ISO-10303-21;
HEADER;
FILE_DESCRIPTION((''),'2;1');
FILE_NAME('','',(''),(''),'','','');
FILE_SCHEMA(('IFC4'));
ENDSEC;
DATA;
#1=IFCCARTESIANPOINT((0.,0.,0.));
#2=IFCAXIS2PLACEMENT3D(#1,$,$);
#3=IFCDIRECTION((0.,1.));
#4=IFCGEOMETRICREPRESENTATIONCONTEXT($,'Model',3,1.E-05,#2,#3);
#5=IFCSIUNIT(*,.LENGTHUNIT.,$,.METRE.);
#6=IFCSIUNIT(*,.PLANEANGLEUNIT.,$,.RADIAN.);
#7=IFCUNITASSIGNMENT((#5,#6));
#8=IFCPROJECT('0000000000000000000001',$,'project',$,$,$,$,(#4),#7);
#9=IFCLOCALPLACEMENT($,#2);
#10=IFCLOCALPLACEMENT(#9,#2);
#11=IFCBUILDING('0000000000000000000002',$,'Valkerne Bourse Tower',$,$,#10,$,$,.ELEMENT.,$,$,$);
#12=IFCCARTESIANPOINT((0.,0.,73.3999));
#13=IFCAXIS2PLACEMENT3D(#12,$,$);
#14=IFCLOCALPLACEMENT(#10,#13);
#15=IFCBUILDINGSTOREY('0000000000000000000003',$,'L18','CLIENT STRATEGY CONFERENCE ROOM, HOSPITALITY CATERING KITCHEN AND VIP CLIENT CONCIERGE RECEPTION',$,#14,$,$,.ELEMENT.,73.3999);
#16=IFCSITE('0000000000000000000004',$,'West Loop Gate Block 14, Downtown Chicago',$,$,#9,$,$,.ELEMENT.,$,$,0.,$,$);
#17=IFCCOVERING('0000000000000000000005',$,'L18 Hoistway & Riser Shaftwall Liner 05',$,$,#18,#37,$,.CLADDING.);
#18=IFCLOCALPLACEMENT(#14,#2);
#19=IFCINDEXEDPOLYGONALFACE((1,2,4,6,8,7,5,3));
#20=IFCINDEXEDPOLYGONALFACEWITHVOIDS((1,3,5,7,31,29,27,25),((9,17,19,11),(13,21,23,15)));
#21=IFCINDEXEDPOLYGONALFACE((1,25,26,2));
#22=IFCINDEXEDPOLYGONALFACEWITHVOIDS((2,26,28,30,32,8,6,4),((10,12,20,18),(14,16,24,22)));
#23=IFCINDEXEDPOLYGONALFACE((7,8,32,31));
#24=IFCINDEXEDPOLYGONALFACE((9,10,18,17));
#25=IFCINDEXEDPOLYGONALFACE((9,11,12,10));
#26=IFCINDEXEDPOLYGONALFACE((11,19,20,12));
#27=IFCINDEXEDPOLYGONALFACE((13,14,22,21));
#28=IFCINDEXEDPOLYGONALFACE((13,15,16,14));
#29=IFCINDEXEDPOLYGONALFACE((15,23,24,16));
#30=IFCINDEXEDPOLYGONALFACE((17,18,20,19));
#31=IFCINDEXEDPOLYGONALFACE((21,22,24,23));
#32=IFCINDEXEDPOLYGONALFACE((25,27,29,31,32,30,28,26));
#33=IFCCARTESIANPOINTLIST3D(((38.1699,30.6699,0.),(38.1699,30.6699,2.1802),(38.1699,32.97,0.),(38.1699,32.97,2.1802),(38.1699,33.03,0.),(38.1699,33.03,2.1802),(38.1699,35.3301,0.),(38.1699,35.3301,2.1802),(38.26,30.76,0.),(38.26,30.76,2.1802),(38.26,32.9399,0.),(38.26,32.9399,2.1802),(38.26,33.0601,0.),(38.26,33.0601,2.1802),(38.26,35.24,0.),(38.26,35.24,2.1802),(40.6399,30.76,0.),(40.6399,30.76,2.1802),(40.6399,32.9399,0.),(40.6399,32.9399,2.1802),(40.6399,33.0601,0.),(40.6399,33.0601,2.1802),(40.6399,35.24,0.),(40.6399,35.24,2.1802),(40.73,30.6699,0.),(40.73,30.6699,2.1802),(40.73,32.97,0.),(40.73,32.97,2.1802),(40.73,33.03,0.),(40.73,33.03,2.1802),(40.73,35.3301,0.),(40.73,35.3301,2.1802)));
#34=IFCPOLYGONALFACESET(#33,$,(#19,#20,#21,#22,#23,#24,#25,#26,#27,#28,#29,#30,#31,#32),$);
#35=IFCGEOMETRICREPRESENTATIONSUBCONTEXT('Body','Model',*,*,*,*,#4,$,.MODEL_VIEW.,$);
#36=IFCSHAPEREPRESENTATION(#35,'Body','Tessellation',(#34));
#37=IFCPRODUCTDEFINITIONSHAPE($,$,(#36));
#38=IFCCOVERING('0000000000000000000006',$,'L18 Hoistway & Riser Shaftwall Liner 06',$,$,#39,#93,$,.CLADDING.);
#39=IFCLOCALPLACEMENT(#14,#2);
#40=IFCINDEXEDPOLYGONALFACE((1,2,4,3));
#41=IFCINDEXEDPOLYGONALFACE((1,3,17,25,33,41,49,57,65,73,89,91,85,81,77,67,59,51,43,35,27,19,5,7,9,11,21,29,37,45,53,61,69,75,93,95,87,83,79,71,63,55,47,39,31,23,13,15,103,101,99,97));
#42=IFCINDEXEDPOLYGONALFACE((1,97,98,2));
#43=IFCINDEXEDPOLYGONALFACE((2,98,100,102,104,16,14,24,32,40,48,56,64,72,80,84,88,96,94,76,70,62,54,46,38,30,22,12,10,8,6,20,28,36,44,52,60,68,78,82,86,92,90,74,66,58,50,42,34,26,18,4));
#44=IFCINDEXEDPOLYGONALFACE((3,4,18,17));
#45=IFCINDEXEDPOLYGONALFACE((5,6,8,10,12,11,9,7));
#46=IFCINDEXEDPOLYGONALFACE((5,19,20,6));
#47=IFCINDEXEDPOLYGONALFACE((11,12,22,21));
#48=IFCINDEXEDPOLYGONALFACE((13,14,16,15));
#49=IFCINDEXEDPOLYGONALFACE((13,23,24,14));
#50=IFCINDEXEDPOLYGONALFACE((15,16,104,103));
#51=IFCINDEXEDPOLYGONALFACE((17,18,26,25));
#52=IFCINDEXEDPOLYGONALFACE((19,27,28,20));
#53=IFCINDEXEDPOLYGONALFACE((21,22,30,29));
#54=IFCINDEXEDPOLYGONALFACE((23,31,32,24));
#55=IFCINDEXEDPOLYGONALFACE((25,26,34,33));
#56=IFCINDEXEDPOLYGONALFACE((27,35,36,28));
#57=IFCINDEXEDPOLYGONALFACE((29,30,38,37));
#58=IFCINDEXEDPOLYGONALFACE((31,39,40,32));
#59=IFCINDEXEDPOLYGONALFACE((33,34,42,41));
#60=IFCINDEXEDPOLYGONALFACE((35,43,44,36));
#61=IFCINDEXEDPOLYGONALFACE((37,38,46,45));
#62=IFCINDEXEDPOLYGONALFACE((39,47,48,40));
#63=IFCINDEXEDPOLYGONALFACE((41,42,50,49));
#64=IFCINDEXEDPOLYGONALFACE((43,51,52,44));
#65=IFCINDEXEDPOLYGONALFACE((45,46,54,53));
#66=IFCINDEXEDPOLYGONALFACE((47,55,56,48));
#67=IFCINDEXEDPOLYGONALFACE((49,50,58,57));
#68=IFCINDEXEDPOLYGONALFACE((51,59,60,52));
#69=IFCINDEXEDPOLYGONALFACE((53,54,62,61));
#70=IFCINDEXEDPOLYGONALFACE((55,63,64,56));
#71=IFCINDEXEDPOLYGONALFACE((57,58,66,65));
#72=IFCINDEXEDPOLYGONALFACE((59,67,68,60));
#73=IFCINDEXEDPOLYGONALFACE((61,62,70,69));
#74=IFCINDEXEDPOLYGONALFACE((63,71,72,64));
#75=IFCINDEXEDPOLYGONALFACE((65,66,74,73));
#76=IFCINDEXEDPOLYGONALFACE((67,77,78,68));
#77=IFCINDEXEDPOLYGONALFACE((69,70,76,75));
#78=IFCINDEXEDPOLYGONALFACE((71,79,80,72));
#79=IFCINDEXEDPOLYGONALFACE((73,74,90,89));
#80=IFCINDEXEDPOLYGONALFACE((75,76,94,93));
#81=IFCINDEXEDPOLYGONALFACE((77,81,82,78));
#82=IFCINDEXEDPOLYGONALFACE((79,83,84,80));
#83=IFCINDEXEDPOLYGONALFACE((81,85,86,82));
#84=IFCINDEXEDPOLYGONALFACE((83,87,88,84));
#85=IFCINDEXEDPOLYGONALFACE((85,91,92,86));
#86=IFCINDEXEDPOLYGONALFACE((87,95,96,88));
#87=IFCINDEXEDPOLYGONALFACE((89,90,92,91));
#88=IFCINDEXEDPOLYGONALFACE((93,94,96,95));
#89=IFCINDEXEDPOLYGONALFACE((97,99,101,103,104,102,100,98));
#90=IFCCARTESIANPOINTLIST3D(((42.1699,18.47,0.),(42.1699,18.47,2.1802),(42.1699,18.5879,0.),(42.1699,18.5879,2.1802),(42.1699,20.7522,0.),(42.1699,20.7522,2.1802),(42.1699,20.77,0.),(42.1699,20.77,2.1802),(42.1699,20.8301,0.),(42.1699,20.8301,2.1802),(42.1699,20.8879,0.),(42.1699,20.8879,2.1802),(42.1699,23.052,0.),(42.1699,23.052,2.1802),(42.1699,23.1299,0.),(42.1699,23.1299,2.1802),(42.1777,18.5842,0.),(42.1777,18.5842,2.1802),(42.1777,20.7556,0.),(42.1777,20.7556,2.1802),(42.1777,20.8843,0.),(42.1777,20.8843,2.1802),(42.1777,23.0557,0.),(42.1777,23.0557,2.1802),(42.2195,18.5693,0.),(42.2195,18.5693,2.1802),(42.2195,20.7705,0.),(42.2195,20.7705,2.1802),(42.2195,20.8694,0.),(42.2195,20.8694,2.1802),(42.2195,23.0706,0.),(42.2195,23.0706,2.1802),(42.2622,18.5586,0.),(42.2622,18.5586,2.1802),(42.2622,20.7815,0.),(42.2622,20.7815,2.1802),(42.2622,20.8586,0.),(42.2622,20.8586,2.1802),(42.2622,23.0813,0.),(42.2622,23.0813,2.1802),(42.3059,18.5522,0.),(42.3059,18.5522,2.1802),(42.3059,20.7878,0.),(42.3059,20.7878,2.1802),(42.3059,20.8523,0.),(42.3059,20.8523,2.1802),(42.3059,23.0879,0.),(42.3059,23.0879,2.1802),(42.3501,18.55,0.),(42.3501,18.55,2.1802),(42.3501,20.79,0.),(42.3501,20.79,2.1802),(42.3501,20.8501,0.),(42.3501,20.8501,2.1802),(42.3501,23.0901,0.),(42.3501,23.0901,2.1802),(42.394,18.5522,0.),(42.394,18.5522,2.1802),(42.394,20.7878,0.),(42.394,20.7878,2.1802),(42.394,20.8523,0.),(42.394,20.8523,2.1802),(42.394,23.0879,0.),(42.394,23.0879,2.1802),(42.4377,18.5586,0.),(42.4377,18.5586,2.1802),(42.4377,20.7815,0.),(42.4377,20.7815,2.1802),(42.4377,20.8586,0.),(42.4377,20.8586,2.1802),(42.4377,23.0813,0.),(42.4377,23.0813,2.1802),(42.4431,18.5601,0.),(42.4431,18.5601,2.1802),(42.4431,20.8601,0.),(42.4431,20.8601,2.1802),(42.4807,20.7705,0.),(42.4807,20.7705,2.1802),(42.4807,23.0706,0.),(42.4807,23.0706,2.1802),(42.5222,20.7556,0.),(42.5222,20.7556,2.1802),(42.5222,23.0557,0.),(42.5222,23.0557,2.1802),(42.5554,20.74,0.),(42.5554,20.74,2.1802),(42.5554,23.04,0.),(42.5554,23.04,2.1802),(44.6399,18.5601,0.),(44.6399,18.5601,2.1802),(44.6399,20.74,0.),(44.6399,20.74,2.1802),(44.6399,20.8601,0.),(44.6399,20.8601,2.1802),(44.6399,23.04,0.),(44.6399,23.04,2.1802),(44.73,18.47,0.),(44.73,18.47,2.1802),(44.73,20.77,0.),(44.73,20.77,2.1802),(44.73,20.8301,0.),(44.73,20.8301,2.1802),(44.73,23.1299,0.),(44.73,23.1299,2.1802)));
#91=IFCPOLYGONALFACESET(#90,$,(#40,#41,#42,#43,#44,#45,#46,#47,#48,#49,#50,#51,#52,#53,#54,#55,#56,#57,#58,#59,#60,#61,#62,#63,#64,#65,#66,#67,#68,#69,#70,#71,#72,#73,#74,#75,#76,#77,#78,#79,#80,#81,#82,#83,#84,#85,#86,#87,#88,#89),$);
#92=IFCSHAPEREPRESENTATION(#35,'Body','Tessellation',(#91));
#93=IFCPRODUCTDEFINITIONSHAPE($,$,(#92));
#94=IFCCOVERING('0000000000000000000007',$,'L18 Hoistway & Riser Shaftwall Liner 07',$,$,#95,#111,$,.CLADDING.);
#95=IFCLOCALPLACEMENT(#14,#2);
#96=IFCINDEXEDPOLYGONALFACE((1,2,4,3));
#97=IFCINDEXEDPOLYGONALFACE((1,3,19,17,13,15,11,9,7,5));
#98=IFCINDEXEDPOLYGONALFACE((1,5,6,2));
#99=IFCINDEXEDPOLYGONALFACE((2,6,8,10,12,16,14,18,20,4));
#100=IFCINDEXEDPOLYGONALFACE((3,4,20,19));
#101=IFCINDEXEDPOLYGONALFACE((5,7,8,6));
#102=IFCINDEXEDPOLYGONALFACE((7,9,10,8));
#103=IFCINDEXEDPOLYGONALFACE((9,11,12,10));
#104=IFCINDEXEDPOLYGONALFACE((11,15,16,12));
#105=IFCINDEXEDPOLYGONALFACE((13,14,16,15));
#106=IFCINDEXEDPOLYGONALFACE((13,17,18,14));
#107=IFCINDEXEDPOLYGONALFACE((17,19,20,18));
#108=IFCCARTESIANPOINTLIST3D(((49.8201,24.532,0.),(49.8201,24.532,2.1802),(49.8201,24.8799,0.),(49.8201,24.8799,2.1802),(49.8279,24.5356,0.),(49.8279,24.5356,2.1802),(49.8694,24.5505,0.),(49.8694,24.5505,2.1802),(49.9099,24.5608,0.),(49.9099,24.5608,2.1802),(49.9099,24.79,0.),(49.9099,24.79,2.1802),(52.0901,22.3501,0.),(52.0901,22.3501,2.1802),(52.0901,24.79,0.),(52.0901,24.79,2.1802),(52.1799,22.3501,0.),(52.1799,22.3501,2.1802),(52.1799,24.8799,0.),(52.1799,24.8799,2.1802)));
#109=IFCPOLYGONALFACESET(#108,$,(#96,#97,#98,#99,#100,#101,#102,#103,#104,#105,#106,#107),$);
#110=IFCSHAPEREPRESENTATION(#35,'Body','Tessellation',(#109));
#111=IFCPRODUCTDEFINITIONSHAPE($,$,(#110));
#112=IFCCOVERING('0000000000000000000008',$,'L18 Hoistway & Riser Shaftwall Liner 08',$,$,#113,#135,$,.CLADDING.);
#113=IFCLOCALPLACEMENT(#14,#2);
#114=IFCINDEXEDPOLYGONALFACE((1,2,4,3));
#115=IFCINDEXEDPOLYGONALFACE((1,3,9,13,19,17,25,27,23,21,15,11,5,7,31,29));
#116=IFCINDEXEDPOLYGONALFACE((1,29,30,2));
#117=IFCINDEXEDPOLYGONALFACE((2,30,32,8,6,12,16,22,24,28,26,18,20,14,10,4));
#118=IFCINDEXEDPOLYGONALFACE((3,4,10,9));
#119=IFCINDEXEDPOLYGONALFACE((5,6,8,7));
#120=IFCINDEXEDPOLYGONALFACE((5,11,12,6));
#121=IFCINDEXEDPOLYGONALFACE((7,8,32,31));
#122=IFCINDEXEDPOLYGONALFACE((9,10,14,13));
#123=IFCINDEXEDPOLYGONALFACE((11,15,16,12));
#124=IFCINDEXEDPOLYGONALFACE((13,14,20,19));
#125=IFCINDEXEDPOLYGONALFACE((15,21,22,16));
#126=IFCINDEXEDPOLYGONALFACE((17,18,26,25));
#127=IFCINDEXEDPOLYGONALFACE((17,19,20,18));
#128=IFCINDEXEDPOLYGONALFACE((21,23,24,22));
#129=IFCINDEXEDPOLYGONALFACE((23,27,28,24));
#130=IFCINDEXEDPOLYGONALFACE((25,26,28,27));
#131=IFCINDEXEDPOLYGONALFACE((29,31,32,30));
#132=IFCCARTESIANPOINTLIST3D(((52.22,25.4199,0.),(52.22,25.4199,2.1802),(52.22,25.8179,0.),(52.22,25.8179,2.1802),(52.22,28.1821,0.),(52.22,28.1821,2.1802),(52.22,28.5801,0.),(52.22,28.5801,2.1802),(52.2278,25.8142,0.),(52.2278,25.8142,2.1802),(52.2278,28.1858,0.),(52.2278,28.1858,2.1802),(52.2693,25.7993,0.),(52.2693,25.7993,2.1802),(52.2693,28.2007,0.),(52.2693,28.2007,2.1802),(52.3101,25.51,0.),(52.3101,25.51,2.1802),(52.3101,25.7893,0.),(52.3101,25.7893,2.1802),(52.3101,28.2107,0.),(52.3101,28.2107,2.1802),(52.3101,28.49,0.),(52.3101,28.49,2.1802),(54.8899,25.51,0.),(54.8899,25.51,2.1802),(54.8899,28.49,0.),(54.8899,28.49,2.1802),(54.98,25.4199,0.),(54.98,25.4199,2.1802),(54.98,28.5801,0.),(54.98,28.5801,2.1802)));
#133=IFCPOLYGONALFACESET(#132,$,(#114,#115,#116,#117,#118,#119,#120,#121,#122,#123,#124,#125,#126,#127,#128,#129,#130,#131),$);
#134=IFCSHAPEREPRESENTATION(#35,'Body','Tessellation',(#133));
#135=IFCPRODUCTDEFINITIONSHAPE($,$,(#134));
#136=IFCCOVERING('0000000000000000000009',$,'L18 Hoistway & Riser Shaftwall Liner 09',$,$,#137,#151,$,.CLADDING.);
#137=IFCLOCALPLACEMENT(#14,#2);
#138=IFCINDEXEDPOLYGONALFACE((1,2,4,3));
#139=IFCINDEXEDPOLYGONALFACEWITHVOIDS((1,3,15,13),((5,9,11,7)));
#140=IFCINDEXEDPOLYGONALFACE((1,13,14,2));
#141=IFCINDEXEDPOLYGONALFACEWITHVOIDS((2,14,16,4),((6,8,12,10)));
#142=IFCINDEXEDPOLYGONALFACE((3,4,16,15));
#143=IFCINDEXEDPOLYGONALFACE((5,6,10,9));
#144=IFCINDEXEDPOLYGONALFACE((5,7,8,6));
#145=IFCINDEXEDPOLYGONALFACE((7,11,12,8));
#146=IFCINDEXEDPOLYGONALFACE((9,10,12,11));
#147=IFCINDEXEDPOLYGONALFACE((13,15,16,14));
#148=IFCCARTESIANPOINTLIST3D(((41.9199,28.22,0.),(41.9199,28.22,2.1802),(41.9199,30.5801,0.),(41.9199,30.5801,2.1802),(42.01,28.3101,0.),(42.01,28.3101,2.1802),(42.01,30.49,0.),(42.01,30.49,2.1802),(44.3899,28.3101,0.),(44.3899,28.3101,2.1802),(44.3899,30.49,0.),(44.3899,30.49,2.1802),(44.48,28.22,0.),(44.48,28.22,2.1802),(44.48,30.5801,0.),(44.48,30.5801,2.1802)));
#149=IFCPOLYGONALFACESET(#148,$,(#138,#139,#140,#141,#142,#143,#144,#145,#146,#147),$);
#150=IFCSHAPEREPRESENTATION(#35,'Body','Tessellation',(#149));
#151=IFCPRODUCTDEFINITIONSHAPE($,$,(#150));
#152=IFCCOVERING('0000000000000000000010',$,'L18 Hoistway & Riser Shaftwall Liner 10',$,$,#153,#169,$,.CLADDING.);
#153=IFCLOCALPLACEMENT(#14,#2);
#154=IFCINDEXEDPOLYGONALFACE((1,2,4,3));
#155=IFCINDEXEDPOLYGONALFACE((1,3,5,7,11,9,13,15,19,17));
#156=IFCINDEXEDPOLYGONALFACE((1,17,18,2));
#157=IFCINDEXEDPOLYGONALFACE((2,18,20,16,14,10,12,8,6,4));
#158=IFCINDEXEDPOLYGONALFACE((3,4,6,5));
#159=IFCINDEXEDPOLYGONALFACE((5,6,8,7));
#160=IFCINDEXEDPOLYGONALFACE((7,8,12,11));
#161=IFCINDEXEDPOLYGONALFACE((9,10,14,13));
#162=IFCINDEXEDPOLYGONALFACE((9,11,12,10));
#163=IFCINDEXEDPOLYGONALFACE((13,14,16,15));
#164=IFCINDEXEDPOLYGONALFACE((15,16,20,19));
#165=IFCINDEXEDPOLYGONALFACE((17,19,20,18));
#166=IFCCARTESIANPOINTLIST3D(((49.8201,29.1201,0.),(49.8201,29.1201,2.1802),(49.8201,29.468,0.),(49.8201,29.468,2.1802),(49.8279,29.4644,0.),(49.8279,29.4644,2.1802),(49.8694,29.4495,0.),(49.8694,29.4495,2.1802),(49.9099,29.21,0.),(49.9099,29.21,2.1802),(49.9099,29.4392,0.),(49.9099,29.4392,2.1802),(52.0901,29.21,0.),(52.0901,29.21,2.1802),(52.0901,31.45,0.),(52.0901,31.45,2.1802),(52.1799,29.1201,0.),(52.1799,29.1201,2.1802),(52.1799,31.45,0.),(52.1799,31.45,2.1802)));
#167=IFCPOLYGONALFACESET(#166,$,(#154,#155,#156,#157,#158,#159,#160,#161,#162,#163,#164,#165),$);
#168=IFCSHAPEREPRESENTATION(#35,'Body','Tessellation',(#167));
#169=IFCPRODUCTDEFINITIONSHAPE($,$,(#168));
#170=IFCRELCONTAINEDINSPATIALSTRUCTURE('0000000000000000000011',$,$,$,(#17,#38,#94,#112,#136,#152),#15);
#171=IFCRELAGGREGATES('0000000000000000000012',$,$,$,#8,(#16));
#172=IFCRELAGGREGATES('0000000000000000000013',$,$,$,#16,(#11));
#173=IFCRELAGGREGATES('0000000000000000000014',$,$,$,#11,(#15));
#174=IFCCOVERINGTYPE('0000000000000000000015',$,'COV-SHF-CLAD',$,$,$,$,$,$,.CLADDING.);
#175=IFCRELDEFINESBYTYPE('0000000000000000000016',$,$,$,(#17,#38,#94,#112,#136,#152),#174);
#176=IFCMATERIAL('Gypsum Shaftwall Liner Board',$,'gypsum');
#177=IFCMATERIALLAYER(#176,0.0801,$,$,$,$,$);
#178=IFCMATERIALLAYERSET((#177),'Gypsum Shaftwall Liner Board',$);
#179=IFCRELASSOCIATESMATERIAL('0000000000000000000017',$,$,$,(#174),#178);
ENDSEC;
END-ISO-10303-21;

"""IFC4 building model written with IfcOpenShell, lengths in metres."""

from ifc_helpers import new_model, si_unit, direction, frame, origin, place, context, subcontext, project, spatial, polyline, outline, extrude, material, layer, layer_set, type_object, element, save


model = new_model("IFC4")

# Units and contexts
model_context = context("Model", 3, precision=1e-05, world=origin(), true_north=direction((0.0, 1.0)))
body_context = subcontext(model_context, "Body", "Model", "MODEL_VIEW")
ifc_project = project(units=[si_unit("LENGTHUNIT", "METRE"), si_unit("PLANEANGLEUNIT", "RADIAN")], contexts=[model_context])

# Site, building, storey
site_placement = place(None, origin())
site = spatial("IfcSite", under=ifc_project, at=site_placement, Name="West Loop Gate Block 14, Downtown Chicago", CompositionType="ELEMENT", RefElevation=0.0)
building_placement = place(site_placement, origin())
building = spatial("IfcBuilding", under=site, at=building_placement, Name="Valkerne Bourse Tower", CompositionType="ELEMENT")
storey_placement = place(building_placement, frame((0.0, 0.0, 73.3999)))
storey = spatial("IfcBuildingStorey", under=building, at=storey_placement, Name="L18", Description="CLIENT STRATEGY CONFERENCE ROOM, HOSPITALITY CATERING KITCHEN AND VIP CLIENT CONCIERGE RECEPTION", CompositionType="ELEMENT", Elevation=73.3999)

# Coverings
ifc_material_1 = material(Name="Gypsum Shaftwall Liner Board", Category="gypsum")
ifc_layer_1 = layer(ifc_material_1, 0.0801)
ifc_layer_set_1 = layer_set([ifc_layer_1], Name="Gypsum Shaftwall Liner Board")
covering_type_1 = type_object("IfcCoveringType", Name="COV-SHF-CLAD", PredefinedType="CLADDING", material=ifc_layer_set_1)
covering_1_placement = place(storey_placement, origin())
element("IfcCovering", 1, at=covering_1_placement, inside=storey, type_object=covering_type_1, Name="L18 Hoistway & Riser Shaftwall Liner 05", PredefinedType="CLADDING", context=body_context, shape_type="SweptSolid", body=[
    extrude(outline(polyline([(38.1699, 35.3301), (40.73, 35.3301), (40.73, 33.03), (40.73, 32.97), (40.73, 30.6699), (38.1699, 30.6699), (38.1699, 32.97), (38.1699, 33.03), (38.1699, 35.3301)]), holes=[polyline([(38.26, 32.9399), (38.26, 30.76), (40.6399, 30.76), (40.6399, 32.9399), (38.26, 32.9399)]), polyline([(38.26, 35.24), (38.26, 33.0601), (40.6399, 33.0601), (40.6399, 35.24), (38.26, 35.24)])]), origin(), (0.0, 0.0, 1.0), 2.1802),
])
covering_2_placement = place(storey_placement, origin())
element("IfcCovering", 2, at=covering_2_placement, inside=storey, type_object=covering_type_1, Name="L18 Hoistway & Riser Shaftwall Liner 06", PredefinedType="CLADDING", context=body_context, shape_type="SweptSolid", body=[
    extrude(outline(polyline([(42.1699, 20.8301), (42.1699, 20.8879), (42.1777, 20.8843), (42.2195, 20.8694), (42.2622, 20.8586), (42.3059, 20.8523), (42.3501, 20.8501), (42.394, 20.8523), (42.4377, 20.8586), (42.4431, 20.8601), (44.6399, 20.8601), (44.6399, 23.04), (42.5554, 23.04), (42.5222, 23.0557), (42.4807, 23.0706), (42.4377, 23.0813), (42.394, 23.0879), (42.3501, 23.0901), (42.3059, 23.0879), (42.2622, 23.0813), (42.2195, 23.0706), (42.1777, 23.0557), (42.1699, 23.052), (42.1699, 23.1299), (44.73, 23.1299), (44.73, 20.8301), (44.73, 20.77), (44.73, 18.47), (42.1699, 18.47), (42.1699, 18.5879), (42.1777, 18.5842), (42.2195, 18.5693), (42.2622, 18.5586), (42.3059, 18.5522), (42.3501, 18.55), (42.394, 18.5522), (42.4377, 18.5586), (42.4431, 18.5601), (44.6399, 18.5601), (44.6399, 20.74), (42.5554, 20.74), (42.5222, 20.7556), (42.4807, 20.7705), (42.4377, 20.7815), (42.394, 20.7878), (42.3501, 20.79), (42.3059, 20.7878), (42.2622, 20.7815), (42.2195, 20.7705), (42.1777, 20.7556), (42.1699, 20.7522), (42.1699, 20.77), (42.1699, 20.8301)])), origin(), (0.0, 0.0, 1.0), 2.1802),
])
covering_3_placement = place(storey_placement, origin())
element("IfcCovering", 3, at=covering_3_placement, inside=storey, type_object=covering_type_1, Name="L18 Hoistway & Riser Shaftwall Liner 07", PredefinedType="CLADDING", context=body_context, shape_type="SweptSolid", body=[
    extrude(outline(polyline([(52.1799, 22.3501), (52.0901, 22.3501), (52.0901, 24.79), (49.9099, 24.79), (49.9099, 24.5608), (49.8694, 24.5505), (49.8279, 24.5356), (49.8201, 24.532), (49.8201, 24.8799), (52.1799, 24.8799), (52.1799, 22.3501)])), origin(), (0.0, 0.0, 1.0), 2.1802),
])
covering_4_placement = place(storey_placement, origin())
element("IfcCovering", 4, at=covering_4_placement, inside=storey, type_object=covering_type_1, Name="L18 Hoistway & Riser Shaftwall Liner 08", PredefinedType="CLADDING", context=body_context, shape_type="SweptSolid", body=[
    extrude(outline(polyline([(54.98, 25.4199), (52.22, 25.4199), (52.22, 25.8179), (52.2278, 25.8142), (52.2693, 25.7993), (52.3101, 25.7893), (52.3101, 25.51), (54.8899, 25.51), (54.8899, 28.49), (52.3101, 28.49), (52.3101, 28.2107), (52.2693, 28.2007), (52.2278, 28.1858), (52.22, 28.1821), (52.22, 28.5801), (54.98, 28.5801), (54.98, 25.4199)])), origin(), (0.0, 0.0, 1.0), 2.1802),
])
covering_5_placement = place(storey_placement, origin())
element("IfcCovering", 5, at=covering_5_placement, inside=storey, type_object=covering_type_1, Name="L18 Hoistway & Riser Shaftwall Liner 09", PredefinedType="CLADDING", context=body_context, shape_type="SweptSolid", body=[
    extrude(outline(polyline([(44.48, 28.22), (41.9199, 28.22), (41.9199, 30.5801), (44.48, 30.5801), (44.48, 28.22)]), holes=[polyline([(42.01, 30.49), (42.01, 28.3101), (44.3899, 28.3101), (44.3899, 30.49), (42.01, 30.49)])]), origin(), (0.0, 0.0, 1.0), 2.1802),
])
covering_6_placement = place(storey_placement, origin())
element("IfcCovering", 6, at=covering_6_placement, inside=storey, type_object=covering_type_1, Name="L18 Hoistway & Riser Shaftwall Liner 10", PredefinedType="CLADDING", context=body_context, shape_type="SweptSolid", body=[
    extrude(outline(polyline([(49.8201, 29.1201), (49.8201, 29.468), (49.8279, 29.4644), (49.8694, 29.4495), (49.9099, 29.4392), (49.9099, 29.21), (52.0901, 29.21), (52.0901, 31.45), (52.1799, 31.45), (52.1799, 29.1201), (49.8201, 29.1201)])), origin(), (0.0, 0.0, 1.0), 2.1802),
])

save(model, "model.ifc")
